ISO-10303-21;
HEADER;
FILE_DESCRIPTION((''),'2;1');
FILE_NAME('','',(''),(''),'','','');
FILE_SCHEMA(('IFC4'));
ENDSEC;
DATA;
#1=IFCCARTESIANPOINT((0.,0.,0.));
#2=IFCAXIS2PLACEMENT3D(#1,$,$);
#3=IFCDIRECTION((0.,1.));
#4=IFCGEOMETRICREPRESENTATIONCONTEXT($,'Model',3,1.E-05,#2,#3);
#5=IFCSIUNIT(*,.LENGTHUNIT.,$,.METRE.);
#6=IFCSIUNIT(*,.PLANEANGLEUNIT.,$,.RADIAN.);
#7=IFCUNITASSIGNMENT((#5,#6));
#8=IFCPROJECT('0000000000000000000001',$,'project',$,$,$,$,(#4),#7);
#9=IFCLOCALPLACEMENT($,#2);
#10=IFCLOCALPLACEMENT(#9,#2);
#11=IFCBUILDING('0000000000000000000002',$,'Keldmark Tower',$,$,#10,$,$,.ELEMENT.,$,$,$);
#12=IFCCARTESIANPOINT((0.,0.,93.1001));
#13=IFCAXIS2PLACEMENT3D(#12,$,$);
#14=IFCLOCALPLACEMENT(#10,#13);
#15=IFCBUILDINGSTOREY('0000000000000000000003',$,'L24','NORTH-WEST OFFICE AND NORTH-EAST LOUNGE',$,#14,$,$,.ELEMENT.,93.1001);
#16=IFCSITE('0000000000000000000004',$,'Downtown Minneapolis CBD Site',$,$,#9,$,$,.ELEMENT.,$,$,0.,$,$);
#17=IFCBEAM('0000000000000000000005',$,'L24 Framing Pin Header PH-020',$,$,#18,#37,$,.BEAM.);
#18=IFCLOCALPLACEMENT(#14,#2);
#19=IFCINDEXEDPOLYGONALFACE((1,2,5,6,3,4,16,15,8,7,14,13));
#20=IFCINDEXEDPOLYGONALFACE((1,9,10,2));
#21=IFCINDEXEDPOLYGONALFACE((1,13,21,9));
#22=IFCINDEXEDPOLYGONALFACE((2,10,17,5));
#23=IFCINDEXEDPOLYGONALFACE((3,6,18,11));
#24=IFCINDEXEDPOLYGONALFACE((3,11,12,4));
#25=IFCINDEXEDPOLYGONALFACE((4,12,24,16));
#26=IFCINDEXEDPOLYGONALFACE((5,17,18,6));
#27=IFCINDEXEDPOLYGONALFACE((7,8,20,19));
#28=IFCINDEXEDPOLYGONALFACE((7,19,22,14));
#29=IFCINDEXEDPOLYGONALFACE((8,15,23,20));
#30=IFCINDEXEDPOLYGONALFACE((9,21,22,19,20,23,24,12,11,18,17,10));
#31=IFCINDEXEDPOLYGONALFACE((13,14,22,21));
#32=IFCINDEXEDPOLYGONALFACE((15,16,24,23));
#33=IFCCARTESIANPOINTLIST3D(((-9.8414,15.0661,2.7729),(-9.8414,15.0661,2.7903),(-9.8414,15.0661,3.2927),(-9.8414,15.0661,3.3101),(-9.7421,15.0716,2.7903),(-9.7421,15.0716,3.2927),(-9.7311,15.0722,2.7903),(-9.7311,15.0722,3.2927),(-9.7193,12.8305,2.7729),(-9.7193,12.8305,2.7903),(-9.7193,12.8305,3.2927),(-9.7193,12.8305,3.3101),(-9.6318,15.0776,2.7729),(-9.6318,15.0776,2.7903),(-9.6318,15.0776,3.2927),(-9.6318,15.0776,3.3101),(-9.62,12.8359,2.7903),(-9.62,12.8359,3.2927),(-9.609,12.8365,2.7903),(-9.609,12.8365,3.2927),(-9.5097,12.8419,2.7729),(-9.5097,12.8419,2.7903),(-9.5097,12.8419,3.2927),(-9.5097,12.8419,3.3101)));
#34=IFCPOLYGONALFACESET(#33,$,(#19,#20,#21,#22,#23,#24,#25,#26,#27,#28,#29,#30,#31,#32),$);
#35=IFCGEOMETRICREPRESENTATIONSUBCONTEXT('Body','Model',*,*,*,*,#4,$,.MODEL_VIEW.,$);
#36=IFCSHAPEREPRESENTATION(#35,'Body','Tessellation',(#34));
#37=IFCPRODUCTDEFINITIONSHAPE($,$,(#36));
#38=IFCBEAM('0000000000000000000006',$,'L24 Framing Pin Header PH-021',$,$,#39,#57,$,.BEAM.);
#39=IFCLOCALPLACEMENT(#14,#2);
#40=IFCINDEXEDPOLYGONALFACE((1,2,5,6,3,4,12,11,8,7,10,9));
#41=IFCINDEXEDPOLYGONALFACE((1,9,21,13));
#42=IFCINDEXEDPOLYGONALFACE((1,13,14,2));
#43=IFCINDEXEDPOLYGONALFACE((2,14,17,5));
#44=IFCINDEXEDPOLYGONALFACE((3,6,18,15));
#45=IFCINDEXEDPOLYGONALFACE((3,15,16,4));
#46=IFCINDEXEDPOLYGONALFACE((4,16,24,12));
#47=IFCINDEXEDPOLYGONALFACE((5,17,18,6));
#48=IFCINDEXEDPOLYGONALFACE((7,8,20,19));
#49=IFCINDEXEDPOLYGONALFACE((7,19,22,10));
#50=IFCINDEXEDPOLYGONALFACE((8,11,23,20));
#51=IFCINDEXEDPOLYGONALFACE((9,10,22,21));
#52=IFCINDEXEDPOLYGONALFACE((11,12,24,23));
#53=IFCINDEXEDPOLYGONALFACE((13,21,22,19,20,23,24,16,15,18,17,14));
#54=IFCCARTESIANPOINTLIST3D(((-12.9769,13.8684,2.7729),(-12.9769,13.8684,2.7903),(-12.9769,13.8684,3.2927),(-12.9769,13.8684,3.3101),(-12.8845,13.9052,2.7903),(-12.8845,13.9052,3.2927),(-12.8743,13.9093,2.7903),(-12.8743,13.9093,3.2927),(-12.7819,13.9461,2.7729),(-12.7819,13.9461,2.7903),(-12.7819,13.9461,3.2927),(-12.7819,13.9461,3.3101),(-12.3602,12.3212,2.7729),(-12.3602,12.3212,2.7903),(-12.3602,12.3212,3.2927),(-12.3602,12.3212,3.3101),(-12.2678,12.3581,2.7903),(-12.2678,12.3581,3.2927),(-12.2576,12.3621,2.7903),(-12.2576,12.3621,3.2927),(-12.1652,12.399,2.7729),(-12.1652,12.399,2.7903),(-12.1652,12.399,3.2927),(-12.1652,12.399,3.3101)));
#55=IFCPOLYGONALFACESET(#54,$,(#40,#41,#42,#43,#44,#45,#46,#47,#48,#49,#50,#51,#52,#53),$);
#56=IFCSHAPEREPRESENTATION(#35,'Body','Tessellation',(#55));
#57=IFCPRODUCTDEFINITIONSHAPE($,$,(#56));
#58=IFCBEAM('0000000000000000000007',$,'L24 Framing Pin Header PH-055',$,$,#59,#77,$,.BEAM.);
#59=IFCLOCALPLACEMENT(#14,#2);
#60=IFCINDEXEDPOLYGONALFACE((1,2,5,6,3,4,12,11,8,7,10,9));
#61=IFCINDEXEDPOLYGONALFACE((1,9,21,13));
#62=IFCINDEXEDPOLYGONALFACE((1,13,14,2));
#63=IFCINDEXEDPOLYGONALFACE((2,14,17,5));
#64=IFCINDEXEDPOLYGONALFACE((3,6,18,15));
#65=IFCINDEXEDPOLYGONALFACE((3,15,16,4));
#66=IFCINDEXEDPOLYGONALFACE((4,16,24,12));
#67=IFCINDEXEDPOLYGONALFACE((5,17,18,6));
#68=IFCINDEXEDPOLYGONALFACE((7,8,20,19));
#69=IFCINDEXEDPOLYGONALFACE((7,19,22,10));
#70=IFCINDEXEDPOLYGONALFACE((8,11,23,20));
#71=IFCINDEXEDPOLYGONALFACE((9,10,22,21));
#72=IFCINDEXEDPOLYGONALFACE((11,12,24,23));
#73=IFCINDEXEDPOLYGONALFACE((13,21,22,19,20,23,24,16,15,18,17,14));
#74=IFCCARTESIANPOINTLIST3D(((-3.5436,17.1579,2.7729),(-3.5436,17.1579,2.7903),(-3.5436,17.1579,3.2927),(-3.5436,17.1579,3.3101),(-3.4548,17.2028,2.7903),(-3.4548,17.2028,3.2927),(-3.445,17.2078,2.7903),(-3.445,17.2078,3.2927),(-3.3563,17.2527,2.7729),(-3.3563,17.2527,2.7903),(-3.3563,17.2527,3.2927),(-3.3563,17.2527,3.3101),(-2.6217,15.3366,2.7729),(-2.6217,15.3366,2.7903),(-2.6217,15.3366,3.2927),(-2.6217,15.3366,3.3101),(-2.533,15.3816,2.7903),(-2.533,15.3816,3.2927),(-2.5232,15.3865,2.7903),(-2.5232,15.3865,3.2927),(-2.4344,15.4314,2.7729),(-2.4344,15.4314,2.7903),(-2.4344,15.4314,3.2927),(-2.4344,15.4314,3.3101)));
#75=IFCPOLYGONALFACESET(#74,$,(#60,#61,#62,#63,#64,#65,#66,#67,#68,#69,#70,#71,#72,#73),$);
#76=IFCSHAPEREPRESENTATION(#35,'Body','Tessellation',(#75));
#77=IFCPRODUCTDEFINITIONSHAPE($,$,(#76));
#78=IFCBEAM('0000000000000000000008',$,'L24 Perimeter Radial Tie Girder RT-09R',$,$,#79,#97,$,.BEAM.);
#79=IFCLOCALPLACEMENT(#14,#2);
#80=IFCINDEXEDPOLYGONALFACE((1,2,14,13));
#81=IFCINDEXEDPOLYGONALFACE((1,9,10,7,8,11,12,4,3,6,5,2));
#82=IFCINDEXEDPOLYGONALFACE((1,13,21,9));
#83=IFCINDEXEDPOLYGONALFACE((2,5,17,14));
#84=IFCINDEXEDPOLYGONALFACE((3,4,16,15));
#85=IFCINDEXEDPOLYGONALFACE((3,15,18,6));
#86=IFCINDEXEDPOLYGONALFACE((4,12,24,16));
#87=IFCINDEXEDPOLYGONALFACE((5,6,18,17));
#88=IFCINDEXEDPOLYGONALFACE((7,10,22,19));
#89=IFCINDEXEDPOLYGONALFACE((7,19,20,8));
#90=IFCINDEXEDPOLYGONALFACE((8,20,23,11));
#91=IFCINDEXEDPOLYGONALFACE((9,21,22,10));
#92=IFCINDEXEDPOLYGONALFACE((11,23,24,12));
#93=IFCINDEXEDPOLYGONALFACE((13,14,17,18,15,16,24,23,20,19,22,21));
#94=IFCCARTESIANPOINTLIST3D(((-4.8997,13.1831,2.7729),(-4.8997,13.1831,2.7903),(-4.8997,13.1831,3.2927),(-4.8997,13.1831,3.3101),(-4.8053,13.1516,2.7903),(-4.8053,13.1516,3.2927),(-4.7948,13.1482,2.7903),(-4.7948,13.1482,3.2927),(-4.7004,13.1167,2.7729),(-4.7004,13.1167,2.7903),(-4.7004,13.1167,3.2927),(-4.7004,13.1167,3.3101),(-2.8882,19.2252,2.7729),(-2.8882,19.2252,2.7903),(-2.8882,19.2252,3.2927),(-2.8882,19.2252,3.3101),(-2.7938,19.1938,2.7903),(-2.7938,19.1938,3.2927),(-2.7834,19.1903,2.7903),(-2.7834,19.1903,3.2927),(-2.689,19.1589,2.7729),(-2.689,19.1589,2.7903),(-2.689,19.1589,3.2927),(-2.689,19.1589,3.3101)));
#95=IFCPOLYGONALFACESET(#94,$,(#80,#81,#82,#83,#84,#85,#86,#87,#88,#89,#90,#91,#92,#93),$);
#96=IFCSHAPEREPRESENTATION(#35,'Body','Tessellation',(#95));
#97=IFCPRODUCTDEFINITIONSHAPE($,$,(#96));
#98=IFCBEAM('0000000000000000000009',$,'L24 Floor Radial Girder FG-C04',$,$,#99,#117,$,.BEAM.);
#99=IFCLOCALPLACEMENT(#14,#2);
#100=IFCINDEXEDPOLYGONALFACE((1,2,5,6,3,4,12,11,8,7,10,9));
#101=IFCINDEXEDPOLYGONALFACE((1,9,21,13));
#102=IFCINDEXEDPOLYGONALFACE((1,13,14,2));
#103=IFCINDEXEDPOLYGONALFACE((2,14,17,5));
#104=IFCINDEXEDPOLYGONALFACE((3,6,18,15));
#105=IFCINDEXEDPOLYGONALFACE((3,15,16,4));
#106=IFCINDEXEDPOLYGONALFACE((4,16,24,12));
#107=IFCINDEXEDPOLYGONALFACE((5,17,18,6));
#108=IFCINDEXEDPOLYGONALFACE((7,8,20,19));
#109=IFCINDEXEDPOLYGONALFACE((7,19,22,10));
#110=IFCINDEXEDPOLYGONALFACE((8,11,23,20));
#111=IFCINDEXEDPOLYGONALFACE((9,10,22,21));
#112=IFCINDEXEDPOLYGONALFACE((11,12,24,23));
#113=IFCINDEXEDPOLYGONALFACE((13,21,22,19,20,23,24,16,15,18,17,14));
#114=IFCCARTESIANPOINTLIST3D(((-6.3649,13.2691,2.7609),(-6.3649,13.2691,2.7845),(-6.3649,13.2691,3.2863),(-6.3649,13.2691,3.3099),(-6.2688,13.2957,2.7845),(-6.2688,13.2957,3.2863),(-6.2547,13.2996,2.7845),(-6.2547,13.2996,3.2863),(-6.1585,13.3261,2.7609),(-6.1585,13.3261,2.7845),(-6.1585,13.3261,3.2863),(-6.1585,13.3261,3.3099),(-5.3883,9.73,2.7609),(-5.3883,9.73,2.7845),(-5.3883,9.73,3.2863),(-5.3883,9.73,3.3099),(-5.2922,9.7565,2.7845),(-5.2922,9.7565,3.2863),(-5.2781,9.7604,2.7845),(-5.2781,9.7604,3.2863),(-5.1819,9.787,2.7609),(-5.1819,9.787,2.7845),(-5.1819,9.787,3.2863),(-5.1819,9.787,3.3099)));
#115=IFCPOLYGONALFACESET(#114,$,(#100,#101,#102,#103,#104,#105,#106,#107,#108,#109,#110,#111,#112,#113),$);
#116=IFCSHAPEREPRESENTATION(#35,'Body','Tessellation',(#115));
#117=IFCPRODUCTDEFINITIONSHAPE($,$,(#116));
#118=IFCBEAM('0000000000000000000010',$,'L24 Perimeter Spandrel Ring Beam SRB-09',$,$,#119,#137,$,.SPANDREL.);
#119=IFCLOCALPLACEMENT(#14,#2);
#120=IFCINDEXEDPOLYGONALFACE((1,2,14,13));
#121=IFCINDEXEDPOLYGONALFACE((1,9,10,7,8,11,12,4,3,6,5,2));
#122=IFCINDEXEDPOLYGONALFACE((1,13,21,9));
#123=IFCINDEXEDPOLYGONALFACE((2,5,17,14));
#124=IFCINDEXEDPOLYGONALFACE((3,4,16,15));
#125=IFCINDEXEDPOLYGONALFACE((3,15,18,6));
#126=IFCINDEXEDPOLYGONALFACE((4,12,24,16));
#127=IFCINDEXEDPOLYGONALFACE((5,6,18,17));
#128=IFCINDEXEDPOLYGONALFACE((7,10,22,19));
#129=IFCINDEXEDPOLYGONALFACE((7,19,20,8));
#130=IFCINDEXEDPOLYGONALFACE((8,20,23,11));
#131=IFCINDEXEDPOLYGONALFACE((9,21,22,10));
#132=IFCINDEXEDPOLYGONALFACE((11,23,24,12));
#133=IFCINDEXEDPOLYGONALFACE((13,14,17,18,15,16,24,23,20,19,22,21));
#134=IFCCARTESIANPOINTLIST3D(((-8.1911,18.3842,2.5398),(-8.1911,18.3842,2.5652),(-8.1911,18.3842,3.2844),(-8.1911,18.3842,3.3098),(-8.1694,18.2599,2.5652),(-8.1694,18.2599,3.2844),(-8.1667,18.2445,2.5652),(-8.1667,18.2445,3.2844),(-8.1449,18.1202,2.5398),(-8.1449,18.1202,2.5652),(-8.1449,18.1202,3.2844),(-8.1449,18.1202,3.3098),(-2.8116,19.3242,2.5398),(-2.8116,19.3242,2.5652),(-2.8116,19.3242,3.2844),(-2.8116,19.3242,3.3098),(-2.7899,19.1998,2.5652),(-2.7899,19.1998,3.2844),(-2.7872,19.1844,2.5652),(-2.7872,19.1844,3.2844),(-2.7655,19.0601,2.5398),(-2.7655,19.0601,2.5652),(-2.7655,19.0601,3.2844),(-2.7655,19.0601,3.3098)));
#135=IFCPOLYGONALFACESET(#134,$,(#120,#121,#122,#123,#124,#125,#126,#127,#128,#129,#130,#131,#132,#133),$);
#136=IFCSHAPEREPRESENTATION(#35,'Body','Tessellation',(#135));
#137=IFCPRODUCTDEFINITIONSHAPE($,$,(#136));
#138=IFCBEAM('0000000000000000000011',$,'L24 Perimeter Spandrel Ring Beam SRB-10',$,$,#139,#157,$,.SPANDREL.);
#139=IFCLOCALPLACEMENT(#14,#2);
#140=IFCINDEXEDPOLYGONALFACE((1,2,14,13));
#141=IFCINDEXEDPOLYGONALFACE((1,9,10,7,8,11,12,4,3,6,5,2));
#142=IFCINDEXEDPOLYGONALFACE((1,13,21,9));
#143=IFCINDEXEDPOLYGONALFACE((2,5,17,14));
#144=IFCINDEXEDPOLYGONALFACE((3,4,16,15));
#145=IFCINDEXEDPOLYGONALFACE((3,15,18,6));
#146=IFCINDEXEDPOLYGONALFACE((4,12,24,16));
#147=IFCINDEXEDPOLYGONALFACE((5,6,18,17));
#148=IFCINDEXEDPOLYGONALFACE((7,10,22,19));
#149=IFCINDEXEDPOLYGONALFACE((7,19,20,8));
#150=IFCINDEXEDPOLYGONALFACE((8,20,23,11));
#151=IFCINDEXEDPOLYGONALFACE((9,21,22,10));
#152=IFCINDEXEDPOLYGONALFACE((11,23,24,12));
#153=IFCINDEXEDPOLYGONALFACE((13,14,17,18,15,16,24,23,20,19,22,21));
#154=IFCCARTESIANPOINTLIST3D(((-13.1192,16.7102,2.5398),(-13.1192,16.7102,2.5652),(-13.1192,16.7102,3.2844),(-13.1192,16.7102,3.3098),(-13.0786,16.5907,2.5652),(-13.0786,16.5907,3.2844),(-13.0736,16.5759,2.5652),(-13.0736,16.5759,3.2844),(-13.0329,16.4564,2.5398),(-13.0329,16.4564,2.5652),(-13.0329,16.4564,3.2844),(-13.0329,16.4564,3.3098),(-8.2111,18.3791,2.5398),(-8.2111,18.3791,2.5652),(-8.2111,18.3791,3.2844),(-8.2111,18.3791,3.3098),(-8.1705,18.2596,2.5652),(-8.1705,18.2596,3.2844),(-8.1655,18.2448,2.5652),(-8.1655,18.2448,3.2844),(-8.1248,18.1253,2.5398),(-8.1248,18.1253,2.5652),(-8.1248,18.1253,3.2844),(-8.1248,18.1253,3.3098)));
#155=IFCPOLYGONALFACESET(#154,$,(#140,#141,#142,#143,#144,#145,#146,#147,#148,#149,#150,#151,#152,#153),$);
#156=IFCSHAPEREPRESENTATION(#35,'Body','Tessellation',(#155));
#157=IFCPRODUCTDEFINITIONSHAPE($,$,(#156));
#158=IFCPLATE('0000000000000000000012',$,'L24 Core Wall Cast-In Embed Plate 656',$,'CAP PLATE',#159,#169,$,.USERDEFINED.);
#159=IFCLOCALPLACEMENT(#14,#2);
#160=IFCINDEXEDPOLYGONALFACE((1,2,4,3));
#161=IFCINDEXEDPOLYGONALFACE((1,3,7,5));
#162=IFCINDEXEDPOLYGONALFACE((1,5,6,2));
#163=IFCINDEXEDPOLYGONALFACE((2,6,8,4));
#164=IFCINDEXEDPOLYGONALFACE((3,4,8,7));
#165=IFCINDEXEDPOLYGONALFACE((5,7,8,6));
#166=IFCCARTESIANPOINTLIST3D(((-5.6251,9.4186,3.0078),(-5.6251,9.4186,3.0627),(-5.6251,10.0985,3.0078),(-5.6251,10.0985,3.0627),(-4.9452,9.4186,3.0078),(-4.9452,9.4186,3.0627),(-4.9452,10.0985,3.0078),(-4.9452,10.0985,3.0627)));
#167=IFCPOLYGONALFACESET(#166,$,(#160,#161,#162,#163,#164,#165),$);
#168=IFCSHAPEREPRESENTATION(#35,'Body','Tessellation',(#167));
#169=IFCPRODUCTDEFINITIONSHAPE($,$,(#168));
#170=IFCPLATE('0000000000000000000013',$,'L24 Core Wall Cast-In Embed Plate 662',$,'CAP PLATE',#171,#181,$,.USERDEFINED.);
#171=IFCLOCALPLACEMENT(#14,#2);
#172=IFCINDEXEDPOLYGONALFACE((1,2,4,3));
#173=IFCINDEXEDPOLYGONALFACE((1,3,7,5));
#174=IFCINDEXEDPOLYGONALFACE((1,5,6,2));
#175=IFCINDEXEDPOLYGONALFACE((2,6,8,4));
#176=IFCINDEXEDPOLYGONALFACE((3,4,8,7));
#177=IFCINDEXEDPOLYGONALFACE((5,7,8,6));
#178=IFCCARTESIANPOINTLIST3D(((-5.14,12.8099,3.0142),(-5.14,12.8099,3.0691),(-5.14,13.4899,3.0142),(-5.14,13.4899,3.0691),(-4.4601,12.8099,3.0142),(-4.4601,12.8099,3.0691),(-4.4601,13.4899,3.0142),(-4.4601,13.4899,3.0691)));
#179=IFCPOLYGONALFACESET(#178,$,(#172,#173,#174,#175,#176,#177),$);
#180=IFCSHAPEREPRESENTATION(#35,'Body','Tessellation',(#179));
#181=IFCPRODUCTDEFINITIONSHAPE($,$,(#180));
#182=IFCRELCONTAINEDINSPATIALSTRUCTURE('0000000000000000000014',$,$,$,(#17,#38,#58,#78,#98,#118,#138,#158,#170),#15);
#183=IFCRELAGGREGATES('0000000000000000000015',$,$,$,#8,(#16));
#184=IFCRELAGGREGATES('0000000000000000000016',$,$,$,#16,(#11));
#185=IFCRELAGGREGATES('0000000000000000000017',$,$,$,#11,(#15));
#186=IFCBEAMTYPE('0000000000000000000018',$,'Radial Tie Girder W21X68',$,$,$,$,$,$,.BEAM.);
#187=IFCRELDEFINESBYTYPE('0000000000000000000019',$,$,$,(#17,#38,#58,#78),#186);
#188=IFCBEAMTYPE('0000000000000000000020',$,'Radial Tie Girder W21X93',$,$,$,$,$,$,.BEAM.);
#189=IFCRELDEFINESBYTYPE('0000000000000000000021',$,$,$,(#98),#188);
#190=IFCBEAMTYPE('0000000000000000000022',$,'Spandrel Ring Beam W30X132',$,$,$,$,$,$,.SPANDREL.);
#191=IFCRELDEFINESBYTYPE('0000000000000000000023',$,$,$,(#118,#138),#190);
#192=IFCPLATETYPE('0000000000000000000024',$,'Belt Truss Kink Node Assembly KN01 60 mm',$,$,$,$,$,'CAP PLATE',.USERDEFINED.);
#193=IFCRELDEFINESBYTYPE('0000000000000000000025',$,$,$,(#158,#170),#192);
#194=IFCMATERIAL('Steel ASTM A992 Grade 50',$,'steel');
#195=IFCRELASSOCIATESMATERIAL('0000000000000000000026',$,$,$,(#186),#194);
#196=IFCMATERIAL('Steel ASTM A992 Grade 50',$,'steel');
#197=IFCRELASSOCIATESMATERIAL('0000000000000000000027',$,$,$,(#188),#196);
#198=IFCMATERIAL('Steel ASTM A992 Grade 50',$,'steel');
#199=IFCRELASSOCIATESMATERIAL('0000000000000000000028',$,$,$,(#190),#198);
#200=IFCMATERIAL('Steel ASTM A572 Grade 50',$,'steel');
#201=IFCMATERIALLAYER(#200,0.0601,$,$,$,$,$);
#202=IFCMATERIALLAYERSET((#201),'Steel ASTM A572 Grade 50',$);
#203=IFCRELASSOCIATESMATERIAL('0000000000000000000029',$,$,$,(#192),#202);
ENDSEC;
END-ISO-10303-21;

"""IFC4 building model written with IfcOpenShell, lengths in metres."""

from ifc_helpers import new_model, si_unit, direction, frame, origin, origin_2d, place, context, subcontext, project, spatial, rectangle, i_section, extrude, material, layer, layer_set, material_profile, profile_set, type_object, element, save


model = new_model("IFC4")

# Units and contexts
model_context = context("Model", 3, precision=1e-05, world=origin(), true_north=direction((0.0, 1.0)))
body_context = subcontext(model_context, "Body", "Model", "MODEL_VIEW")
ifc_project = project(units=[si_unit("LENGTHUNIT", "METRE"), si_unit("PLANEANGLEUNIT", "RADIAN")], contexts=[model_context])

# Site, building, storey
site_placement = place(None, origin())
site = spatial("IfcSite", under=ifc_project, at=site_placement, Name="Downtown Minneapolis CBD Site", CompositionType="ELEMENT", RefElevation=0.0)
building_placement = place(site_placement, origin())
building = spatial("IfcBuilding", under=site, at=building_placement, Name="Keldmark Tower", CompositionType="ELEMENT")
storey_placement = place(building_placement, frame((0.0, 0.0, 93.1001)))
storey = spatial("IfcBuildingStorey", under=building, at=storey_placement, Name="L24", Description="NORTH-WEST OFFICE AND NORTH-EAST LOUNGE", CompositionType="ELEMENT", Elevation=93.1001)

# Beams
ifc_material_1 = material(Name="Steel ASTM A992 Grade 50", Category="steel")
ifc_material_profile_1 = material_profile(ifc_material_1, i_section(OverallWidth=0.21, OverallDepth=0.5371, WebThickness=0.011, FlangeThickness=0.0173, at=origin_2d()), Name="W21X68")
ifc_profile_set_1 = profile_set([ifc_material_profile_1], Name="Steel ASTM A992 Grade 50")
beam_type_1 = type_object("IfcBeamType", Name="Radial Tie Girder W21X68", PredefinedType="BEAM", material=ifc_profile_set_1)
beam_1_placement = place(storey_placement, frame((-9.6145, 12.8362, 3.0415), z_axis=(-0.054522, 0.998513, 0.0), x_axis=(-0.998513, -0.054522, 0.0)))
element("IfcBeam", 1, at=beam_1_placement, inside=storey, type_object=beam_type_1, Name="L24 Framing Pin Header PH-020", PredefinedType="BEAM", context=body_context, shape_type="SweptSolid", body=[
    extrude(i_section(OverallWidth=0.21, OverallDepth=0.5371, WebThickness=0.011, FlangeThickness=0.0173, at=origin_2d()), origin(), (0.0, 0.0, 1.0), 2.239),
])
beam_2_placement = place(storey_placement, frame((-12.2627, 12.3601, 3.0415), z_axis=(-0.370278, 0.928921, 0.0), x_axis=(-0.928921, -0.370278, 0.0)))
element("IfcBeam", 2, at=beam_2_placement, inside=storey, type_object=beam_type_1, Name="L24 Framing Pin Header PH-021", PredefinedType="BEAM", context=body_context, shape_type="SweptSolid", body=[
    extrude(i_section(OverallWidth=0.21, OverallDepth=0.5371, WebThickness=0.011, FlangeThickness=0.0173, at=origin_2d()), origin(), (0.0, 0.0, 1.0), 1.6655),
])
beam_3_placement = place(storey_placement, frame((-2.5281, 15.384, 3.0415), z_axis=(-0.451609, 0.892216, 0.0), x_axis=(-0.892216, -0.451609, 0.0)))
element("IfcBeam", 3, at=beam_3_placement, inside=storey, type_object=beam_type_1, Name="L24 Framing Pin Header PH-055", PredefinedType="BEAM", context=body_context, shape_type="SweptSolid", body=[
    extrude(i_section(OverallWidth=0.21, OverallDepth=0.5371, WebThickness=0.011, FlangeThickness=0.0173, at=origin_2d()), origin(), (0.0, 0.0, 1.0), 2.0413),
])
beam_4_placement = place(storey_placement, frame((-4.8, 13.1499, 3.0415), z_axis=(0.31586, 0.948806, 0.0), x_axis=(-0.948806, 0.31586, 0.0)))
element("IfcBeam", 4, at=beam_4_placement, inside=storey, type_object=beam_type_1, Name="L24 Perimeter Radial Tie Girder RT-09R", PredefinedType="BEAM", context=body_context, shape_type="SweptSolid", body=[
    extrude(i_section(OverallWidth=0.21, OverallDepth=0.5371, WebThickness=0.011, FlangeThickness=0.0173, at=origin_2d()), origin(), (0.0, 0.0, 1.0), 6.3682),
])
ifc_material_2 = material(Name="Steel ASTM A992 Grade 50", Category="steel")
ifc_material_profile_2 = material_profile(ifc_material_2, i_section(OverallWidth=0.2141, OverallDepth=0.5491, WebThickness=0.0146, FlangeThickness=0.0237, at=origin_2d()), Name="W21X93")
ifc_profile_set_2 = profile_set([ifc_material_profile_2], Name="Steel ASTM A992 Grade 50")
beam_type_2 = type_object("IfcBeamType", Name="Radial Tie Girder W21X93", PredefinedType="BEAM", material=ifc_profile_set_2)
beam_5_placement = place(storey_placement, frame((-6.2617, 13.2976, 3.0354), z_axis=(0.265997, -0.963974, 0.0), x_axis=(0.963974, 0.265997, 0.0)))
element("IfcBeam", 5, at=beam_5_placement, inside=storey, type_object=beam_type_2, Name="L24 Floor Radial Girder FG-C04", PredefinedType="BEAM", context=body_context, shape_type="SweptSolid", body=[
    extrude(i_section(OverallWidth=0.2141, OverallDepth=0.5491, WebThickness=0.0146, FlangeThickness=0.0237, at=origin_2d()), origin(), (0.0, 0.0, 1.0), 3.6714),
])
ifc_material_3 = material(Name="Steel ASTM A992 Grade 50", Category="steel")
ifc_material_profile_3 = material_profile(ifc_material_3, i_section(OverallWidth=0.2681, OverallDepth=0.77, WebThickness=0.0156, FlangeThickness=0.0254, at=origin_2d()), Name="W30X132")
ifc_profile_set_3 = profile_set([ifc_material_profile_3], Name="Steel ASTM A992 Grade 50")
beam_type_3 = type_object("IfcBeamType", Name="Spandrel Ring Beam W30X132", PredefinedType="SPANDREL", material=ifc_profile_set_3)
beam_6_placement = place(storey_placement, frame((-2.7886, 19.1921, 2.9248), z_axis=(-0.985076, -0.172122, 0.0), x_axis=(0.172122, -0.985076, 0.0)))
element("IfcBeam", 6, at=beam_6_placement, inside=storey, type_object=beam_type_3, Name="L24 Perimeter Spandrel Ring Beam SRB-09", PredefinedType="SPANDREL", context=body_context, shape_type="SweptSolid", body=[
    extrude(i_section(OverallWidth=0.2681, OverallDepth=0.77, WebThickness=0.0156, FlangeThickness=0.0254, at=origin_2d()), origin(), (0.0, 0.0, 1.0), 5.4609),
])
beam_7_placement = place(storey_placement, frame((-8.168, 18.2522, 2.9248), z_axis=(-0.946764, -0.32193, 0.0), x_axis=(0.32193, -0.946764, 0.0)))
element("IfcBeam", 7, at=beam_7_placement, inside=storey, type_object=beam_type_3, Name="L24 Perimeter Spandrel Ring Beam SRB-10", PredefinedType="SPANDREL", context=body_context, shape_type="SweptSolid", body=[
    extrude(i_section(OverallWidth=0.2681, OverallDepth=0.77, WebThickness=0.0156, FlangeThickness=0.0254, at=origin_2d()), origin(), (0.0, 0.0, 1.0), 5.1841),
])

# Plates
ifc_material_4 = material(Name="Steel ASTM A572 Grade 50", Category="steel")
ifc_layer_1 = layer(ifc_material_4, 0.0601)
ifc_layer_set_1 = layer_set([ifc_layer_1], Name="Steel ASTM A572 Grade 50")
plate_type_1 = type_object("IfcPlateType", Name="Belt Truss Kink Node Assembly KN01 60 mm", ElementType="CAP PLATE", PredefinedType="USERDEFINED", material=ifc_layer_set_1)
for number, where, z_axis, x_axis, name in (
    (8, (-5.2852, 9.7585, 3.0078), (0.0, 0.0, 1.0), (1.0, 0.0, 0.0), "L24 Core Wall Cast-In Embed Plate 656"),
    (9, (-4.8, 13.1499, 3.0142), (0.0, 0.0, 1.0), (1.0, 0.0, 0.0), "L24 Core Wall Cast-In Embed Plate 662"),
):
    element("IfcPlate", number, at=place(storey_placement, frame(where, z_axis=z_axis, x_axis=x_axis)), inside=storey, type_object=plate_type_1, Name=name, ObjectType="CAP PLATE", PredefinedType="USERDEFINED", context=body_context, shape_type="SweptSolid", body=[
        extrude(rectangle(XDim=0.6799, YDim=0.6799, at=origin_2d()), origin(), (0.0, 0.0, 1.0), 0.0549),
    ])

save(model, "model.ifc")
